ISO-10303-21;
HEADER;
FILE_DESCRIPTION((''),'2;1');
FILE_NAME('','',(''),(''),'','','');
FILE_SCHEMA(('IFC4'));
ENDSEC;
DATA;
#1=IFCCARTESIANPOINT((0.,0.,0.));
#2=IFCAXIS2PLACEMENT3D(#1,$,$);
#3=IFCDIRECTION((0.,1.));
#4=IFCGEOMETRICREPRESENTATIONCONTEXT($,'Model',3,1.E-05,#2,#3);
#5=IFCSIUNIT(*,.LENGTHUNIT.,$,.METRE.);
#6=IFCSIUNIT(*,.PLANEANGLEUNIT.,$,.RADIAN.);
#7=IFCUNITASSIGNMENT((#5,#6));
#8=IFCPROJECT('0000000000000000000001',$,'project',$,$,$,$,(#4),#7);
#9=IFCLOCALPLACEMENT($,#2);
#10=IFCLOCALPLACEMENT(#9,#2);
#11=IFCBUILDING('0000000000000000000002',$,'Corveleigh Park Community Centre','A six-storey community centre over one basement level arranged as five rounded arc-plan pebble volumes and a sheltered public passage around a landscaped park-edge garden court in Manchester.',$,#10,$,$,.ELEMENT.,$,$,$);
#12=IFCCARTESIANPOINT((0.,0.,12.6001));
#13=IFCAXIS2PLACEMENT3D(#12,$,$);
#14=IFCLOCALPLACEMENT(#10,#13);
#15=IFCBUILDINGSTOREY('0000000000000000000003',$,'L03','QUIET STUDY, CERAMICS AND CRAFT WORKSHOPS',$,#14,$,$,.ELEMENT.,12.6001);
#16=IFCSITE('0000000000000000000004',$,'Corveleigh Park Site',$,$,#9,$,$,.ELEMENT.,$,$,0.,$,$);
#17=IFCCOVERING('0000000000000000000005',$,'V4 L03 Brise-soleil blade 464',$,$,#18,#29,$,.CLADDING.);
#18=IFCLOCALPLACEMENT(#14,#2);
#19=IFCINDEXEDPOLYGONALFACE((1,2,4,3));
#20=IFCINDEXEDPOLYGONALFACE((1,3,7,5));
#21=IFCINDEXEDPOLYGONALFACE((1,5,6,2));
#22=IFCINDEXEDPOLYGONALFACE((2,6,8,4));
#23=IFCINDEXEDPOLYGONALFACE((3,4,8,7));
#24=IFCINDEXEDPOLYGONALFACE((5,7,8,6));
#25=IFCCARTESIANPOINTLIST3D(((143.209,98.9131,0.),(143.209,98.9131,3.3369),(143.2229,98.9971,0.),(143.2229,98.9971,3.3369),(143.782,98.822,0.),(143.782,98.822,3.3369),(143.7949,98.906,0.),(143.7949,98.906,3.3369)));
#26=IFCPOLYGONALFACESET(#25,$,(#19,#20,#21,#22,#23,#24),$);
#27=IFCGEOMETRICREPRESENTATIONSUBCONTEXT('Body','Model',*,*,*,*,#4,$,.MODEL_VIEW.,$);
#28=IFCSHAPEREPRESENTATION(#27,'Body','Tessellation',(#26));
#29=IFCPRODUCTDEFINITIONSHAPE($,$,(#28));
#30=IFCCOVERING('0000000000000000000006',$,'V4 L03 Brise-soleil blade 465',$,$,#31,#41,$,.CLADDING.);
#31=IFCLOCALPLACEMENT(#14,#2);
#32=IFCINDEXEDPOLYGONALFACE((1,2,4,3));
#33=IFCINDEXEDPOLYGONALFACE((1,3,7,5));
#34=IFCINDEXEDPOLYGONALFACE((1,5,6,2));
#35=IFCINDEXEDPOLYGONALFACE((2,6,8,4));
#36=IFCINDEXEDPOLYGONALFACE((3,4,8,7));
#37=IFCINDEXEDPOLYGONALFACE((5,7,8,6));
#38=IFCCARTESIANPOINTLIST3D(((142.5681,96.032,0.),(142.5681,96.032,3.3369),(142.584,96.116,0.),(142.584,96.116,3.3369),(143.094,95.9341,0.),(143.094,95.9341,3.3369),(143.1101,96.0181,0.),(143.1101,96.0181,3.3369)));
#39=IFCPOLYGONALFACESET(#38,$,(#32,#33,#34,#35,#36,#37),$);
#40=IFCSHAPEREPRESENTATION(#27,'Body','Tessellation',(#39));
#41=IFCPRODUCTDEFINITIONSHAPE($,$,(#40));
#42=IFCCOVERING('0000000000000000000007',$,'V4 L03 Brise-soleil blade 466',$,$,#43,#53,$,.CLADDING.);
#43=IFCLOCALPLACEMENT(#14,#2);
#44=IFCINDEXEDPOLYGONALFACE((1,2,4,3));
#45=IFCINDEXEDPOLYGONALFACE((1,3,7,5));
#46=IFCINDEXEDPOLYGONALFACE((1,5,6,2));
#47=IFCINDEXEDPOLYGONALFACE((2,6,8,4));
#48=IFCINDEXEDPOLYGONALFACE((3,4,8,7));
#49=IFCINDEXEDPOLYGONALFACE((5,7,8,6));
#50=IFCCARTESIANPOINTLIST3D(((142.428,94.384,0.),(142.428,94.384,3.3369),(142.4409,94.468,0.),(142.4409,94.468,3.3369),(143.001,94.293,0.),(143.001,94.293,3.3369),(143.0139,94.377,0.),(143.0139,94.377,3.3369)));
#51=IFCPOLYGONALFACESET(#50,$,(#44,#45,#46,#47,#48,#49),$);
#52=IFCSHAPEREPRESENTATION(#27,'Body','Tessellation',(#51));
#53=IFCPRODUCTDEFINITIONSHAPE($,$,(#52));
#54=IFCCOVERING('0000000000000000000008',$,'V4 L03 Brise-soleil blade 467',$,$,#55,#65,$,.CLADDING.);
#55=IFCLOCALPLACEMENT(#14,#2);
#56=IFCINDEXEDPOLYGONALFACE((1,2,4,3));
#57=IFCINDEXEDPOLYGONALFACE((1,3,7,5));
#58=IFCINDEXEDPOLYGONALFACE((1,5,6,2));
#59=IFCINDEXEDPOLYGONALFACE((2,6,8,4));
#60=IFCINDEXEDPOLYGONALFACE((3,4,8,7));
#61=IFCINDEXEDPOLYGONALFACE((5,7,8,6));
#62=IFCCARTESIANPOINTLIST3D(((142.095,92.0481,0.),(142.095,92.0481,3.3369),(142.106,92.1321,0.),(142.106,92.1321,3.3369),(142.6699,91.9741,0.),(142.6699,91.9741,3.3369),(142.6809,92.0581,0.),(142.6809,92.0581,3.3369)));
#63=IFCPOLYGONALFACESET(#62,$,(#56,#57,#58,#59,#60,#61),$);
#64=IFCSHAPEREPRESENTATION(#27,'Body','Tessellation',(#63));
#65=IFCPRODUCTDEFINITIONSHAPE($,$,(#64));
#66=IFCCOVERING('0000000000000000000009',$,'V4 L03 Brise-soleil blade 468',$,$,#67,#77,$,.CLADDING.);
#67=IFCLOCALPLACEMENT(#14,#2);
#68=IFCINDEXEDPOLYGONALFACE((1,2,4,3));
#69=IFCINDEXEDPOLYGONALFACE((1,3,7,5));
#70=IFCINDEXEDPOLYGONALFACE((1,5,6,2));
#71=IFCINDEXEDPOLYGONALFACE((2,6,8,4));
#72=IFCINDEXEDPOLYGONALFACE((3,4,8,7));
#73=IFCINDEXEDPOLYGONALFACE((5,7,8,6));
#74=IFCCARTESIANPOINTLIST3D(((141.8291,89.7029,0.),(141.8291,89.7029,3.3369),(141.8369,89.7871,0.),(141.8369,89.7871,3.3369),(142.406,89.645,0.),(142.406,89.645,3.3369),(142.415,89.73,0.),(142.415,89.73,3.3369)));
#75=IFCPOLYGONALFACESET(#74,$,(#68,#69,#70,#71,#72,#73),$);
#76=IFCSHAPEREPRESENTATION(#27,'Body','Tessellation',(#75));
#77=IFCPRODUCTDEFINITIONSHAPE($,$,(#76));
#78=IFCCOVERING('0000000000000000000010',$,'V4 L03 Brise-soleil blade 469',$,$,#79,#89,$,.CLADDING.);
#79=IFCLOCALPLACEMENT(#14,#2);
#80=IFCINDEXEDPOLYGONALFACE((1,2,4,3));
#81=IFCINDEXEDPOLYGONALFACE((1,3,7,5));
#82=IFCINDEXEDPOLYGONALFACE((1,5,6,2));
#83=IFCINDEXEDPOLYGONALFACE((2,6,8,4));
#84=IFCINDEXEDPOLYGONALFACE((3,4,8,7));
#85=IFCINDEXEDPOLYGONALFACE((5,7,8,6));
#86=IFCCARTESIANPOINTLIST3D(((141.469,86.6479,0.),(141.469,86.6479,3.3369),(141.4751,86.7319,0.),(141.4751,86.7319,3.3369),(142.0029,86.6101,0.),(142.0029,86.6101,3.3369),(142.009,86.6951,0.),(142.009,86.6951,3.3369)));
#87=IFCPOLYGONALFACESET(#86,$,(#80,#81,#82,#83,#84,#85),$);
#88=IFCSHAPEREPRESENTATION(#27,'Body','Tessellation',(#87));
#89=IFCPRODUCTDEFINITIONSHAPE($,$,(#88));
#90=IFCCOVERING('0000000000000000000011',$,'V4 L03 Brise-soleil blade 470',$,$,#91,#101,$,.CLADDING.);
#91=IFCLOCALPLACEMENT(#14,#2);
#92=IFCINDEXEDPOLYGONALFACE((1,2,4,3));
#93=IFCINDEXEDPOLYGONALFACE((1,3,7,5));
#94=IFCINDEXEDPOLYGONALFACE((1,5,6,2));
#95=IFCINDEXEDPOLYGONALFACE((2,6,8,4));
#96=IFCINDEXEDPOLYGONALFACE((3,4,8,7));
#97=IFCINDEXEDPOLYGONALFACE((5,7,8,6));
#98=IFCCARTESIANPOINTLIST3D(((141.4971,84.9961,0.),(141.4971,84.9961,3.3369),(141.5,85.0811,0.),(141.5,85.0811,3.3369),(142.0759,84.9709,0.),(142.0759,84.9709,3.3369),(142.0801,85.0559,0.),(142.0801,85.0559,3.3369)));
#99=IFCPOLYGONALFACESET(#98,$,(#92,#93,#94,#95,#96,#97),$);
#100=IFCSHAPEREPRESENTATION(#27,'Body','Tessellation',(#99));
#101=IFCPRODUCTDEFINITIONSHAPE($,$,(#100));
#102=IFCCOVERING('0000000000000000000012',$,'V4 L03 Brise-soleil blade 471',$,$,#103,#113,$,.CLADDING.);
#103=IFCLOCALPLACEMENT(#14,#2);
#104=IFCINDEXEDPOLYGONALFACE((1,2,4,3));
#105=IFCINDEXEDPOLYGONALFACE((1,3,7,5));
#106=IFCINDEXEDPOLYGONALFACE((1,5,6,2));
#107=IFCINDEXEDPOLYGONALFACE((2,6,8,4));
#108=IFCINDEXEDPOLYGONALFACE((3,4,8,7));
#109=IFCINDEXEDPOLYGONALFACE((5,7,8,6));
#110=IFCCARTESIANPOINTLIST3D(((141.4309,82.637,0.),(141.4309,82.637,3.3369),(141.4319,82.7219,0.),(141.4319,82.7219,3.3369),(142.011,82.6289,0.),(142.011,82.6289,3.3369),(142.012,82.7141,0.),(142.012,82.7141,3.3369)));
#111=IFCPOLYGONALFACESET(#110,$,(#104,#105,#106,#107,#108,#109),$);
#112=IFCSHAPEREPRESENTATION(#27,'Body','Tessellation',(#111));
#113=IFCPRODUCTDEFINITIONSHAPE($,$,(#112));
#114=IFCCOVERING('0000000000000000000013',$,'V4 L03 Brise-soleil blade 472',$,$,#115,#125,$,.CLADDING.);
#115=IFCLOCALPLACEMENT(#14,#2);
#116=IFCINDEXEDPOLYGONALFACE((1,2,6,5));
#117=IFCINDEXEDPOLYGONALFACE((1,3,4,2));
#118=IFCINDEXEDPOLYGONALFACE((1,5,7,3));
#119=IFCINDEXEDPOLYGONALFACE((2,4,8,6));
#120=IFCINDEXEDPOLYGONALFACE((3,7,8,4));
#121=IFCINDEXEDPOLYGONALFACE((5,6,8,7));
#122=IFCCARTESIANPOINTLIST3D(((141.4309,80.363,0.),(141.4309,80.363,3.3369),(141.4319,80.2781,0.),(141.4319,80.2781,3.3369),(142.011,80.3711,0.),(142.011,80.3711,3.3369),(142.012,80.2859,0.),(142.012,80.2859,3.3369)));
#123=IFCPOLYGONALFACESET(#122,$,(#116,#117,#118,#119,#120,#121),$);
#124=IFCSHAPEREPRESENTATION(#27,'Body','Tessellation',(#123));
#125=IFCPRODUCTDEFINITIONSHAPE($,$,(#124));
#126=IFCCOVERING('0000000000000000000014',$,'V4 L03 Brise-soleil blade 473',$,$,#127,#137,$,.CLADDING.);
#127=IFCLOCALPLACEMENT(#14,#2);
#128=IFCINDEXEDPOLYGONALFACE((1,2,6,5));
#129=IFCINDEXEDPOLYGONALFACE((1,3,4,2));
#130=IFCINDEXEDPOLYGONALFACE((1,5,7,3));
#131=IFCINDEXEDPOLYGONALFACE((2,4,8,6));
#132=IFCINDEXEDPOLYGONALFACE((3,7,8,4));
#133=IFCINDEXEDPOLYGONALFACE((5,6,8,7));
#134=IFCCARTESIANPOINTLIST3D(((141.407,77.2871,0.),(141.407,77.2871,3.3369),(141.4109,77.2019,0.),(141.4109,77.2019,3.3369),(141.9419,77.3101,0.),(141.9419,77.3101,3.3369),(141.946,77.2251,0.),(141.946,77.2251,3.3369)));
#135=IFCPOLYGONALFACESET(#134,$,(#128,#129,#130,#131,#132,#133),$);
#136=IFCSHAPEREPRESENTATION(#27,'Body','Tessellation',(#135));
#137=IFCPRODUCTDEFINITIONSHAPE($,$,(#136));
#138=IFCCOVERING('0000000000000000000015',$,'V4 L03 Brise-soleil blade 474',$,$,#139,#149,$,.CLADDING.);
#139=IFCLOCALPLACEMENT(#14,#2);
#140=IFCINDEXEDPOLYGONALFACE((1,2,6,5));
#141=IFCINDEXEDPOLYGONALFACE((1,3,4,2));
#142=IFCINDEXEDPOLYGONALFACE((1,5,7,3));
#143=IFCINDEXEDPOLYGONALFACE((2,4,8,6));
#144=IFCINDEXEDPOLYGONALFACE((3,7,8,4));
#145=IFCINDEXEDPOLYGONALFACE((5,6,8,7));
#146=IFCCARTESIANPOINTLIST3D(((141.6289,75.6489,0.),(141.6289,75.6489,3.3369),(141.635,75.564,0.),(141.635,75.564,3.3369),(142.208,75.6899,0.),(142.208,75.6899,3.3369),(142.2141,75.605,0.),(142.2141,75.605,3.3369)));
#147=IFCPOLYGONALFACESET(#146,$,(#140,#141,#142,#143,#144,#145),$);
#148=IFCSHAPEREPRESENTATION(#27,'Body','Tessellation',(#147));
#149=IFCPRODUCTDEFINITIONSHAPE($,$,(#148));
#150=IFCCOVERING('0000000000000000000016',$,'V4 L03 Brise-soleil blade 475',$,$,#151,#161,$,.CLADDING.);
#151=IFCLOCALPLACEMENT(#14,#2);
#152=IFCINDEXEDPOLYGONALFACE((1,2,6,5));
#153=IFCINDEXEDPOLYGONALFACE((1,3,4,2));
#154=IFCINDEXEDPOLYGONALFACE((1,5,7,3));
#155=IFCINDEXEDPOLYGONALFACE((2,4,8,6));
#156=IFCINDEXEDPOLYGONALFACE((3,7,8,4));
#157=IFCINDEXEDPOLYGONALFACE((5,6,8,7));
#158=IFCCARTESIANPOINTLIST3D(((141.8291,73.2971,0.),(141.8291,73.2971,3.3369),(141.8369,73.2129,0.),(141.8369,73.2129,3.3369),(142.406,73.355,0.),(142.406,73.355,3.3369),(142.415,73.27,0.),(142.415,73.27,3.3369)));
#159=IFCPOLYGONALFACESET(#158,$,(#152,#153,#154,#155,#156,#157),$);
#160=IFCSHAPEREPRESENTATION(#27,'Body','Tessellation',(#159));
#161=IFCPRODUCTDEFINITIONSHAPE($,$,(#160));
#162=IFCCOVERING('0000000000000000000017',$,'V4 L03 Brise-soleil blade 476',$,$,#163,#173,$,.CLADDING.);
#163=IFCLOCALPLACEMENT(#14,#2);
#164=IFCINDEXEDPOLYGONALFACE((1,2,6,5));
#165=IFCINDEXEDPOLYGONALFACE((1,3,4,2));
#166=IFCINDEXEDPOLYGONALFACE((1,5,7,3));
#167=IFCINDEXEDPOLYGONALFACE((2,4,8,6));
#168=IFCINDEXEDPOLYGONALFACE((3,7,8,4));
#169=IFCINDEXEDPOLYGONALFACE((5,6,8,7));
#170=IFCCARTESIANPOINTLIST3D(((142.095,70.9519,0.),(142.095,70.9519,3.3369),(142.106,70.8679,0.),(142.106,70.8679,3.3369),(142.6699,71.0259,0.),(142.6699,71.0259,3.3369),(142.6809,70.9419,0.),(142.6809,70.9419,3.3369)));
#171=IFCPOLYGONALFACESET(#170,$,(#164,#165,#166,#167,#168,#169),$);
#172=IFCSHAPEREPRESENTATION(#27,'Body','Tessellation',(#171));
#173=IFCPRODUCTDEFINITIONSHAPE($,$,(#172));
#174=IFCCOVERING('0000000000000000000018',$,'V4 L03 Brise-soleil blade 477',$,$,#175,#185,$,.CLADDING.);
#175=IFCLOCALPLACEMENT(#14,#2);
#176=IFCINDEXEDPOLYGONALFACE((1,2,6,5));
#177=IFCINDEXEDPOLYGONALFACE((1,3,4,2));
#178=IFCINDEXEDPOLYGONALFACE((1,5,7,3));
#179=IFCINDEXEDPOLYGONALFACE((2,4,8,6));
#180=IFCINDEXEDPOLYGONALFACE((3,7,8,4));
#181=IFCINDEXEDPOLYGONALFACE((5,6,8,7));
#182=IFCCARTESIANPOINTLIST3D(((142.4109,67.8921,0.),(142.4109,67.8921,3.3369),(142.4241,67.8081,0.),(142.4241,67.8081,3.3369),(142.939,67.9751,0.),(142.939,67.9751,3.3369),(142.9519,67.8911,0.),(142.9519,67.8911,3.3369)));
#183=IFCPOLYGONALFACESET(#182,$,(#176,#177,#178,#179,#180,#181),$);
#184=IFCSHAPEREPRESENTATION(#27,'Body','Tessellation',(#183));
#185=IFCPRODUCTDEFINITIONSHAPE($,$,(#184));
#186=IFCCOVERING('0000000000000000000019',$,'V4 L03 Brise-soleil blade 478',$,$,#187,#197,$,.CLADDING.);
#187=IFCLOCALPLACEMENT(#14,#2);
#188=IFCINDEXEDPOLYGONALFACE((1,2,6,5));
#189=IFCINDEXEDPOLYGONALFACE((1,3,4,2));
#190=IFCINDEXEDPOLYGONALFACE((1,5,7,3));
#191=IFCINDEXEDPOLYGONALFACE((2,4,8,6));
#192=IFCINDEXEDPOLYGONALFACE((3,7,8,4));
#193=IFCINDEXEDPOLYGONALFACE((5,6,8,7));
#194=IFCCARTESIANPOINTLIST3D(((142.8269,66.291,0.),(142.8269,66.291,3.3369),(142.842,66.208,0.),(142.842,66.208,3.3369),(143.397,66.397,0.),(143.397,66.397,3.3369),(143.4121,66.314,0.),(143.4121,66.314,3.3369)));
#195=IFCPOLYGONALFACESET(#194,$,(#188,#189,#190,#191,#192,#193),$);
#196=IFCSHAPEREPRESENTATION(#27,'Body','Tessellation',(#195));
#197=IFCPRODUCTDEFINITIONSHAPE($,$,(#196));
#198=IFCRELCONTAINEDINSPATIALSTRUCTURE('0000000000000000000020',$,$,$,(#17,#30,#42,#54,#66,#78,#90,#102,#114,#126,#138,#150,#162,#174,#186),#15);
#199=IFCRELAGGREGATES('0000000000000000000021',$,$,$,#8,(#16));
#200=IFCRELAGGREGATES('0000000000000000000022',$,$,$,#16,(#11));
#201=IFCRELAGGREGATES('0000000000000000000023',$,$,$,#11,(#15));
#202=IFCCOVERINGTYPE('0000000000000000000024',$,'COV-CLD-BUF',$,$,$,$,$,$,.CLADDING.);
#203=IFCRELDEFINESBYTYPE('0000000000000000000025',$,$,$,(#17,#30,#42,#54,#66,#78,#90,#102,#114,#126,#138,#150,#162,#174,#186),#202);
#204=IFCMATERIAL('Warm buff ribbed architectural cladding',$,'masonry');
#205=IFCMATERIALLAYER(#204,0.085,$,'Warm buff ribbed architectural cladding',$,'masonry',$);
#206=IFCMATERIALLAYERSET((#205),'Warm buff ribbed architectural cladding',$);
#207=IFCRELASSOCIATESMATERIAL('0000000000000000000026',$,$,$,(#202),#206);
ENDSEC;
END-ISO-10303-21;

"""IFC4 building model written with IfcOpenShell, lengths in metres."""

from ifc_helpers import new_model, si_unit, direction, frame, origin, place, context, subcontext, project, spatial, polyline, outline, extrude, material, layer, layer_set, type_object, element, save


model = new_model("IFC4")

# Units and contexts
model_context = context("Model", 3, precision=1e-05, world=origin(), true_north=direction((0.0, 1.0)))
body_context = subcontext(model_context, "Body", "Model", "MODEL_VIEW")
ifc_project = project(units=[si_unit("LENGTHUNIT", "METRE"), si_unit("PLANEANGLEUNIT", "RADIAN")], contexts=[model_context])

# Site, building, storey
site_placement = place(None, origin())
site = spatial("IfcSite", under=ifc_project, at=site_placement, Name="Corveleigh Park Site", CompositionType="ELEMENT", RefElevation=0.0)
building_placement = place(site_placement, origin())
building = spatial("IfcBuilding", under=site, at=building_placement, Name="Corveleigh Park Community Centre", Description="A six-storey community centre over one basement level arranged as five rounded arc-plan pebble volumes and a sheltered public passage around a landscaped park-edge garden court in Manchester.", CompositionType="ELEMENT")
storey_placement = place(building_placement, frame((0.0, 0.0, 12.6001)))
storey = spatial("IfcBuildingStorey", under=building, at=storey_placement, Name="L03", Description="QUIET STUDY, CERAMICS AND CRAFT WORKSHOPS", CompositionType="ELEMENT", Elevation=12.6001)

# Coverings
ifc_material = material(Name="Warm buff ribbed architectural cladding", Category="masonry")
ifc_layer = layer(ifc_material, 0.085, Name="Warm buff ribbed architectural cladding", Category="masonry")
ifc_layer_set = layer_set([ifc_layer], Name="Warm buff ribbed architectural cladding")
covering_type = type_object("IfcCoveringType", Name="COV-CLD-BUF", PredefinedType="CLADDING", material=ifc_layer_set)
covering_1_placement = place(storey_placement, origin())
element("IfcCovering", 1, at=covering_1_placement, inside=storey, type_object=covering_type, Name="V4 L03 Brise-soleil blade 464", PredefinedType="CLADDING", context=body_context, shape_type="SweptSolid", body=[
    extrude(outline(polyline([(143.782, 98.822), (143.7949, 98.906), (143.2229, 98.9971), (143.209, 98.9131), (143.782, 98.822)])), origin(), (0.0, 0.0, 1.0), 3.3369),
])
covering_2_placement = place(storey_placement, origin())
element("IfcCovering", 2, at=covering_2_placement, inside=storey, type_object=covering_type, Name="V4 L03 Brise-soleil blade 465", PredefinedType="CLADDING", context=body_context, shape_type="SweptSolid", body=[
    extrude(outline(polyline([(143.094, 95.9341), (143.1101, 96.0181), (142.584, 96.116), (142.5681, 96.032), (143.094, 95.9341)])), origin(), (0.0, 0.0, 1.0), 3.3369),
])
covering_3_placement = place(storey_placement, origin())
element("IfcCovering", 3, at=covering_3_placement, inside=storey, type_object=covering_type, Name="V4 L03 Brise-soleil blade 466", PredefinedType="CLADDING", context=body_context, shape_type="SweptSolid", body=[
    extrude(outline(polyline([(143.001, 94.293), (143.0139, 94.377), (142.4409, 94.468), (142.428, 94.384), (143.001, 94.293)])), origin(), (0.0, 0.0, 1.0), 3.3369),
])
covering_4_placement = place(storey_placement, origin())
element("IfcCovering", 4, at=covering_4_placement, inside=storey, type_object=covering_type, Name="V4 L03 Brise-soleil blade 467", PredefinedType="CLADDING", context=body_context, shape_type="SweptSolid", body=[
    extrude(outline(polyline([(142.6699, 91.9741), (142.6809, 92.0581), (142.106, 92.1321), (142.095, 92.0481), (142.6699, 91.9741)])), origin(), (0.0, 0.0, 1.0), 3.3369),
])
covering_5_placement = place(storey_placement, origin())
element("IfcCovering", 5, at=covering_5_placement, inside=storey, type_object=covering_type, Name="V4 L03 Brise-soleil blade 468", PredefinedType="CLADDING", context=body_context, shape_type="SweptSolid", body=[
    extrude(outline(polyline([(142.406, 89.645), (142.415, 89.73), (141.8369, 89.7871), (141.8291, 89.7029), (142.406, 89.645)])), origin(), (0.0, 0.0, 1.0), 3.3369),
])
covering_6_placement = place(storey_placement, origin())
element("IfcCovering", 6, at=covering_6_placement, inside=storey, type_object=covering_type, Name="V4 L03 Brise-soleil blade 469", PredefinedType="CLADDING", context=body_context, shape_type="SweptSolid", body=[
    extrude(outline(polyline([(142.0029, 86.6101), (142.009, 86.6951), (141.4751, 86.7319), (141.469, 86.6479), (142.0029, 86.6101)])), origin(), (0.0, 0.0, 1.0), 3.3369),
])
covering_7_placement = place(storey_placement, origin())
element("IfcCovering", 7, at=covering_7_placement, inside=storey, type_object=covering_type, Name="V4 L03 Brise-soleil blade 470", PredefinedType="CLADDING", context=body_context, shape_type="SweptSolid", body=[
    extrude(outline(polyline([(142.0759, 84.9709), (142.0801, 85.0559), (141.5, 85.0811), (141.4971, 84.9961), (142.0759, 84.9709)])), origin(), (0.0, 0.0, 1.0), 3.3369),
])
covering_8_placement = place(storey_placement, origin())
element("IfcCovering", 8, at=covering_8_placement, inside=storey, type_object=covering_type, Name="V4 L03 Brise-soleil blade 471", PredefinedType="CLADDING", context=body_context, shape_type="SweptSolid", body=[
    extrude(outline(polyline([(142.011, 82.6289), (142.012, 82.7141), (141.4319, 82.7219), (141.4309, 82.637), (142.011, 82.6289)])), origin(), (0.0, 0.0, 1.0), 3.3369),
])
covering_9_placement = place(storey_placement, origin())
element("IfcCovering", 9, at=covering_9_placement, inside=storey, type_object=covering_type, Name="V4 L03 Brise-soleil blade 472", PredefinedType="CLADDING", context=body_context, shape_type="SweptSolid", body=[
    extrude(outline(polyline([(142.012, 80.2859), (142.011, 80.3711), (141.4309, 80.363), (141.4319, 80.2781), (142.012, 80.2859)])), origin(), (0.0, 0.0, 1.0), 3.3369),
])
covering_10_placement = place(storey_placement, origin())
element("IfcCovering", 10, at=covering_10_placement, inside=storey, type_object=covering_type, Name="V4 L03 Brise-soleil blade 473", PredefinedType="CLADDING", context=body_context, shape_type="SweptSolid", body=[
    extrude(outline(polyline([(141.946, 77.2251), (141.9419, 77.3101), (141.407, 77.2871), (141.4109, 77.2019), (141.946, 77.2251)])), origin(), (0.0, 0.0, 1.0), 3.3369),
])
covering_11_placement = place(storey_placement, origin())
element("IfcCovering", 11, at=covering_11_placement, inside=storey, type_object=covering_type, Name="V4 L03 Brise-soleil blade 474", PredefinedType="CLADDING", context=body_context, shape_type="SweptSolid", body=[
    extrude(outline(polyline([(142.2141, 75.605), (142.208, 75.6899), (141.6289, 75.6489), (141.635, 75.564), (142.2141, 75.605)])), origin(), (0.0, 0.0, 1.0), 3.3369),
])
covering_12_placement = place(storey_placement, origin())
element("IfcCovering", 12, at=covering_12_placement, inside=storey, type_object=covering_type, Name="V4 L03 Brise-soleil blade 475", PredefinedType="CLADDING", context=body_context, shape_type="SweptSolid", body=[
    extrude(outline(polyline([(142.415, 73.27), (142.406, 73.355), (141.8291, 73.2971), (141.8369, 73.2129), (142.415, 73.27)])), origin(), (0.0, 0.0, 1.0), 3.3369),
])
covering_13_placement = place(storey_placement, origin())
element("IfcCovering", 13, at=covering_13_placement, inside=storey, type_object=covering_type, Name="V4 L03 Brise-soleil blade 476", PredefinedType="CLADDING", context=body_context, shape_type="SweptSolid", body=[
    extrude(outline(polyline([(142.6809, 70.9419), (142.6699, 71.0259), (142.095, 70.9519), (142.106, 70.8679), (142.6809, 70.9419)])), origin(), (0.0, 0.0, 1.0), 3.3369),
])
covering_14_placement = place(storey_placement, origin())
element("IfcCovering", 14, at=covering_14_placement, inside=storey, type_object=covering_type, Name="V4 L03 Brise-soleil blade 477", PredefinedType="CLADDING", context=body_context, shape_type="SweptSolid", body=[
    extrude(outline(polyline([(142.9519, 67.8911), (142.939, 67.9751), (142.4109, 67.8921), (142.4241, 67.8081), (142.9519, 67.8911)])), origin(), (0.0, 0.0, 1.0), 3.3369),
])
covering_15_placement = place(storey_placement, origin())
element("IfcCovering", 15, at=covering_15_placement, inside=storey, type_object=covering_type, Name="V4 L03 Brise-soleil blade 478", PredefinedType="CLADDING", context=body_context, shape_type="SweptSolid", body=[
    extrude(outline(polyline([(143.4121, 66.314), (143.397, 66.397), (142.8269, 66.291), (142.842, 66.208), (143.4121, 66.314)])), origin(), (0.0, 0.0, 1.0), 3.3369),
])

save(model, "model.ifc")
